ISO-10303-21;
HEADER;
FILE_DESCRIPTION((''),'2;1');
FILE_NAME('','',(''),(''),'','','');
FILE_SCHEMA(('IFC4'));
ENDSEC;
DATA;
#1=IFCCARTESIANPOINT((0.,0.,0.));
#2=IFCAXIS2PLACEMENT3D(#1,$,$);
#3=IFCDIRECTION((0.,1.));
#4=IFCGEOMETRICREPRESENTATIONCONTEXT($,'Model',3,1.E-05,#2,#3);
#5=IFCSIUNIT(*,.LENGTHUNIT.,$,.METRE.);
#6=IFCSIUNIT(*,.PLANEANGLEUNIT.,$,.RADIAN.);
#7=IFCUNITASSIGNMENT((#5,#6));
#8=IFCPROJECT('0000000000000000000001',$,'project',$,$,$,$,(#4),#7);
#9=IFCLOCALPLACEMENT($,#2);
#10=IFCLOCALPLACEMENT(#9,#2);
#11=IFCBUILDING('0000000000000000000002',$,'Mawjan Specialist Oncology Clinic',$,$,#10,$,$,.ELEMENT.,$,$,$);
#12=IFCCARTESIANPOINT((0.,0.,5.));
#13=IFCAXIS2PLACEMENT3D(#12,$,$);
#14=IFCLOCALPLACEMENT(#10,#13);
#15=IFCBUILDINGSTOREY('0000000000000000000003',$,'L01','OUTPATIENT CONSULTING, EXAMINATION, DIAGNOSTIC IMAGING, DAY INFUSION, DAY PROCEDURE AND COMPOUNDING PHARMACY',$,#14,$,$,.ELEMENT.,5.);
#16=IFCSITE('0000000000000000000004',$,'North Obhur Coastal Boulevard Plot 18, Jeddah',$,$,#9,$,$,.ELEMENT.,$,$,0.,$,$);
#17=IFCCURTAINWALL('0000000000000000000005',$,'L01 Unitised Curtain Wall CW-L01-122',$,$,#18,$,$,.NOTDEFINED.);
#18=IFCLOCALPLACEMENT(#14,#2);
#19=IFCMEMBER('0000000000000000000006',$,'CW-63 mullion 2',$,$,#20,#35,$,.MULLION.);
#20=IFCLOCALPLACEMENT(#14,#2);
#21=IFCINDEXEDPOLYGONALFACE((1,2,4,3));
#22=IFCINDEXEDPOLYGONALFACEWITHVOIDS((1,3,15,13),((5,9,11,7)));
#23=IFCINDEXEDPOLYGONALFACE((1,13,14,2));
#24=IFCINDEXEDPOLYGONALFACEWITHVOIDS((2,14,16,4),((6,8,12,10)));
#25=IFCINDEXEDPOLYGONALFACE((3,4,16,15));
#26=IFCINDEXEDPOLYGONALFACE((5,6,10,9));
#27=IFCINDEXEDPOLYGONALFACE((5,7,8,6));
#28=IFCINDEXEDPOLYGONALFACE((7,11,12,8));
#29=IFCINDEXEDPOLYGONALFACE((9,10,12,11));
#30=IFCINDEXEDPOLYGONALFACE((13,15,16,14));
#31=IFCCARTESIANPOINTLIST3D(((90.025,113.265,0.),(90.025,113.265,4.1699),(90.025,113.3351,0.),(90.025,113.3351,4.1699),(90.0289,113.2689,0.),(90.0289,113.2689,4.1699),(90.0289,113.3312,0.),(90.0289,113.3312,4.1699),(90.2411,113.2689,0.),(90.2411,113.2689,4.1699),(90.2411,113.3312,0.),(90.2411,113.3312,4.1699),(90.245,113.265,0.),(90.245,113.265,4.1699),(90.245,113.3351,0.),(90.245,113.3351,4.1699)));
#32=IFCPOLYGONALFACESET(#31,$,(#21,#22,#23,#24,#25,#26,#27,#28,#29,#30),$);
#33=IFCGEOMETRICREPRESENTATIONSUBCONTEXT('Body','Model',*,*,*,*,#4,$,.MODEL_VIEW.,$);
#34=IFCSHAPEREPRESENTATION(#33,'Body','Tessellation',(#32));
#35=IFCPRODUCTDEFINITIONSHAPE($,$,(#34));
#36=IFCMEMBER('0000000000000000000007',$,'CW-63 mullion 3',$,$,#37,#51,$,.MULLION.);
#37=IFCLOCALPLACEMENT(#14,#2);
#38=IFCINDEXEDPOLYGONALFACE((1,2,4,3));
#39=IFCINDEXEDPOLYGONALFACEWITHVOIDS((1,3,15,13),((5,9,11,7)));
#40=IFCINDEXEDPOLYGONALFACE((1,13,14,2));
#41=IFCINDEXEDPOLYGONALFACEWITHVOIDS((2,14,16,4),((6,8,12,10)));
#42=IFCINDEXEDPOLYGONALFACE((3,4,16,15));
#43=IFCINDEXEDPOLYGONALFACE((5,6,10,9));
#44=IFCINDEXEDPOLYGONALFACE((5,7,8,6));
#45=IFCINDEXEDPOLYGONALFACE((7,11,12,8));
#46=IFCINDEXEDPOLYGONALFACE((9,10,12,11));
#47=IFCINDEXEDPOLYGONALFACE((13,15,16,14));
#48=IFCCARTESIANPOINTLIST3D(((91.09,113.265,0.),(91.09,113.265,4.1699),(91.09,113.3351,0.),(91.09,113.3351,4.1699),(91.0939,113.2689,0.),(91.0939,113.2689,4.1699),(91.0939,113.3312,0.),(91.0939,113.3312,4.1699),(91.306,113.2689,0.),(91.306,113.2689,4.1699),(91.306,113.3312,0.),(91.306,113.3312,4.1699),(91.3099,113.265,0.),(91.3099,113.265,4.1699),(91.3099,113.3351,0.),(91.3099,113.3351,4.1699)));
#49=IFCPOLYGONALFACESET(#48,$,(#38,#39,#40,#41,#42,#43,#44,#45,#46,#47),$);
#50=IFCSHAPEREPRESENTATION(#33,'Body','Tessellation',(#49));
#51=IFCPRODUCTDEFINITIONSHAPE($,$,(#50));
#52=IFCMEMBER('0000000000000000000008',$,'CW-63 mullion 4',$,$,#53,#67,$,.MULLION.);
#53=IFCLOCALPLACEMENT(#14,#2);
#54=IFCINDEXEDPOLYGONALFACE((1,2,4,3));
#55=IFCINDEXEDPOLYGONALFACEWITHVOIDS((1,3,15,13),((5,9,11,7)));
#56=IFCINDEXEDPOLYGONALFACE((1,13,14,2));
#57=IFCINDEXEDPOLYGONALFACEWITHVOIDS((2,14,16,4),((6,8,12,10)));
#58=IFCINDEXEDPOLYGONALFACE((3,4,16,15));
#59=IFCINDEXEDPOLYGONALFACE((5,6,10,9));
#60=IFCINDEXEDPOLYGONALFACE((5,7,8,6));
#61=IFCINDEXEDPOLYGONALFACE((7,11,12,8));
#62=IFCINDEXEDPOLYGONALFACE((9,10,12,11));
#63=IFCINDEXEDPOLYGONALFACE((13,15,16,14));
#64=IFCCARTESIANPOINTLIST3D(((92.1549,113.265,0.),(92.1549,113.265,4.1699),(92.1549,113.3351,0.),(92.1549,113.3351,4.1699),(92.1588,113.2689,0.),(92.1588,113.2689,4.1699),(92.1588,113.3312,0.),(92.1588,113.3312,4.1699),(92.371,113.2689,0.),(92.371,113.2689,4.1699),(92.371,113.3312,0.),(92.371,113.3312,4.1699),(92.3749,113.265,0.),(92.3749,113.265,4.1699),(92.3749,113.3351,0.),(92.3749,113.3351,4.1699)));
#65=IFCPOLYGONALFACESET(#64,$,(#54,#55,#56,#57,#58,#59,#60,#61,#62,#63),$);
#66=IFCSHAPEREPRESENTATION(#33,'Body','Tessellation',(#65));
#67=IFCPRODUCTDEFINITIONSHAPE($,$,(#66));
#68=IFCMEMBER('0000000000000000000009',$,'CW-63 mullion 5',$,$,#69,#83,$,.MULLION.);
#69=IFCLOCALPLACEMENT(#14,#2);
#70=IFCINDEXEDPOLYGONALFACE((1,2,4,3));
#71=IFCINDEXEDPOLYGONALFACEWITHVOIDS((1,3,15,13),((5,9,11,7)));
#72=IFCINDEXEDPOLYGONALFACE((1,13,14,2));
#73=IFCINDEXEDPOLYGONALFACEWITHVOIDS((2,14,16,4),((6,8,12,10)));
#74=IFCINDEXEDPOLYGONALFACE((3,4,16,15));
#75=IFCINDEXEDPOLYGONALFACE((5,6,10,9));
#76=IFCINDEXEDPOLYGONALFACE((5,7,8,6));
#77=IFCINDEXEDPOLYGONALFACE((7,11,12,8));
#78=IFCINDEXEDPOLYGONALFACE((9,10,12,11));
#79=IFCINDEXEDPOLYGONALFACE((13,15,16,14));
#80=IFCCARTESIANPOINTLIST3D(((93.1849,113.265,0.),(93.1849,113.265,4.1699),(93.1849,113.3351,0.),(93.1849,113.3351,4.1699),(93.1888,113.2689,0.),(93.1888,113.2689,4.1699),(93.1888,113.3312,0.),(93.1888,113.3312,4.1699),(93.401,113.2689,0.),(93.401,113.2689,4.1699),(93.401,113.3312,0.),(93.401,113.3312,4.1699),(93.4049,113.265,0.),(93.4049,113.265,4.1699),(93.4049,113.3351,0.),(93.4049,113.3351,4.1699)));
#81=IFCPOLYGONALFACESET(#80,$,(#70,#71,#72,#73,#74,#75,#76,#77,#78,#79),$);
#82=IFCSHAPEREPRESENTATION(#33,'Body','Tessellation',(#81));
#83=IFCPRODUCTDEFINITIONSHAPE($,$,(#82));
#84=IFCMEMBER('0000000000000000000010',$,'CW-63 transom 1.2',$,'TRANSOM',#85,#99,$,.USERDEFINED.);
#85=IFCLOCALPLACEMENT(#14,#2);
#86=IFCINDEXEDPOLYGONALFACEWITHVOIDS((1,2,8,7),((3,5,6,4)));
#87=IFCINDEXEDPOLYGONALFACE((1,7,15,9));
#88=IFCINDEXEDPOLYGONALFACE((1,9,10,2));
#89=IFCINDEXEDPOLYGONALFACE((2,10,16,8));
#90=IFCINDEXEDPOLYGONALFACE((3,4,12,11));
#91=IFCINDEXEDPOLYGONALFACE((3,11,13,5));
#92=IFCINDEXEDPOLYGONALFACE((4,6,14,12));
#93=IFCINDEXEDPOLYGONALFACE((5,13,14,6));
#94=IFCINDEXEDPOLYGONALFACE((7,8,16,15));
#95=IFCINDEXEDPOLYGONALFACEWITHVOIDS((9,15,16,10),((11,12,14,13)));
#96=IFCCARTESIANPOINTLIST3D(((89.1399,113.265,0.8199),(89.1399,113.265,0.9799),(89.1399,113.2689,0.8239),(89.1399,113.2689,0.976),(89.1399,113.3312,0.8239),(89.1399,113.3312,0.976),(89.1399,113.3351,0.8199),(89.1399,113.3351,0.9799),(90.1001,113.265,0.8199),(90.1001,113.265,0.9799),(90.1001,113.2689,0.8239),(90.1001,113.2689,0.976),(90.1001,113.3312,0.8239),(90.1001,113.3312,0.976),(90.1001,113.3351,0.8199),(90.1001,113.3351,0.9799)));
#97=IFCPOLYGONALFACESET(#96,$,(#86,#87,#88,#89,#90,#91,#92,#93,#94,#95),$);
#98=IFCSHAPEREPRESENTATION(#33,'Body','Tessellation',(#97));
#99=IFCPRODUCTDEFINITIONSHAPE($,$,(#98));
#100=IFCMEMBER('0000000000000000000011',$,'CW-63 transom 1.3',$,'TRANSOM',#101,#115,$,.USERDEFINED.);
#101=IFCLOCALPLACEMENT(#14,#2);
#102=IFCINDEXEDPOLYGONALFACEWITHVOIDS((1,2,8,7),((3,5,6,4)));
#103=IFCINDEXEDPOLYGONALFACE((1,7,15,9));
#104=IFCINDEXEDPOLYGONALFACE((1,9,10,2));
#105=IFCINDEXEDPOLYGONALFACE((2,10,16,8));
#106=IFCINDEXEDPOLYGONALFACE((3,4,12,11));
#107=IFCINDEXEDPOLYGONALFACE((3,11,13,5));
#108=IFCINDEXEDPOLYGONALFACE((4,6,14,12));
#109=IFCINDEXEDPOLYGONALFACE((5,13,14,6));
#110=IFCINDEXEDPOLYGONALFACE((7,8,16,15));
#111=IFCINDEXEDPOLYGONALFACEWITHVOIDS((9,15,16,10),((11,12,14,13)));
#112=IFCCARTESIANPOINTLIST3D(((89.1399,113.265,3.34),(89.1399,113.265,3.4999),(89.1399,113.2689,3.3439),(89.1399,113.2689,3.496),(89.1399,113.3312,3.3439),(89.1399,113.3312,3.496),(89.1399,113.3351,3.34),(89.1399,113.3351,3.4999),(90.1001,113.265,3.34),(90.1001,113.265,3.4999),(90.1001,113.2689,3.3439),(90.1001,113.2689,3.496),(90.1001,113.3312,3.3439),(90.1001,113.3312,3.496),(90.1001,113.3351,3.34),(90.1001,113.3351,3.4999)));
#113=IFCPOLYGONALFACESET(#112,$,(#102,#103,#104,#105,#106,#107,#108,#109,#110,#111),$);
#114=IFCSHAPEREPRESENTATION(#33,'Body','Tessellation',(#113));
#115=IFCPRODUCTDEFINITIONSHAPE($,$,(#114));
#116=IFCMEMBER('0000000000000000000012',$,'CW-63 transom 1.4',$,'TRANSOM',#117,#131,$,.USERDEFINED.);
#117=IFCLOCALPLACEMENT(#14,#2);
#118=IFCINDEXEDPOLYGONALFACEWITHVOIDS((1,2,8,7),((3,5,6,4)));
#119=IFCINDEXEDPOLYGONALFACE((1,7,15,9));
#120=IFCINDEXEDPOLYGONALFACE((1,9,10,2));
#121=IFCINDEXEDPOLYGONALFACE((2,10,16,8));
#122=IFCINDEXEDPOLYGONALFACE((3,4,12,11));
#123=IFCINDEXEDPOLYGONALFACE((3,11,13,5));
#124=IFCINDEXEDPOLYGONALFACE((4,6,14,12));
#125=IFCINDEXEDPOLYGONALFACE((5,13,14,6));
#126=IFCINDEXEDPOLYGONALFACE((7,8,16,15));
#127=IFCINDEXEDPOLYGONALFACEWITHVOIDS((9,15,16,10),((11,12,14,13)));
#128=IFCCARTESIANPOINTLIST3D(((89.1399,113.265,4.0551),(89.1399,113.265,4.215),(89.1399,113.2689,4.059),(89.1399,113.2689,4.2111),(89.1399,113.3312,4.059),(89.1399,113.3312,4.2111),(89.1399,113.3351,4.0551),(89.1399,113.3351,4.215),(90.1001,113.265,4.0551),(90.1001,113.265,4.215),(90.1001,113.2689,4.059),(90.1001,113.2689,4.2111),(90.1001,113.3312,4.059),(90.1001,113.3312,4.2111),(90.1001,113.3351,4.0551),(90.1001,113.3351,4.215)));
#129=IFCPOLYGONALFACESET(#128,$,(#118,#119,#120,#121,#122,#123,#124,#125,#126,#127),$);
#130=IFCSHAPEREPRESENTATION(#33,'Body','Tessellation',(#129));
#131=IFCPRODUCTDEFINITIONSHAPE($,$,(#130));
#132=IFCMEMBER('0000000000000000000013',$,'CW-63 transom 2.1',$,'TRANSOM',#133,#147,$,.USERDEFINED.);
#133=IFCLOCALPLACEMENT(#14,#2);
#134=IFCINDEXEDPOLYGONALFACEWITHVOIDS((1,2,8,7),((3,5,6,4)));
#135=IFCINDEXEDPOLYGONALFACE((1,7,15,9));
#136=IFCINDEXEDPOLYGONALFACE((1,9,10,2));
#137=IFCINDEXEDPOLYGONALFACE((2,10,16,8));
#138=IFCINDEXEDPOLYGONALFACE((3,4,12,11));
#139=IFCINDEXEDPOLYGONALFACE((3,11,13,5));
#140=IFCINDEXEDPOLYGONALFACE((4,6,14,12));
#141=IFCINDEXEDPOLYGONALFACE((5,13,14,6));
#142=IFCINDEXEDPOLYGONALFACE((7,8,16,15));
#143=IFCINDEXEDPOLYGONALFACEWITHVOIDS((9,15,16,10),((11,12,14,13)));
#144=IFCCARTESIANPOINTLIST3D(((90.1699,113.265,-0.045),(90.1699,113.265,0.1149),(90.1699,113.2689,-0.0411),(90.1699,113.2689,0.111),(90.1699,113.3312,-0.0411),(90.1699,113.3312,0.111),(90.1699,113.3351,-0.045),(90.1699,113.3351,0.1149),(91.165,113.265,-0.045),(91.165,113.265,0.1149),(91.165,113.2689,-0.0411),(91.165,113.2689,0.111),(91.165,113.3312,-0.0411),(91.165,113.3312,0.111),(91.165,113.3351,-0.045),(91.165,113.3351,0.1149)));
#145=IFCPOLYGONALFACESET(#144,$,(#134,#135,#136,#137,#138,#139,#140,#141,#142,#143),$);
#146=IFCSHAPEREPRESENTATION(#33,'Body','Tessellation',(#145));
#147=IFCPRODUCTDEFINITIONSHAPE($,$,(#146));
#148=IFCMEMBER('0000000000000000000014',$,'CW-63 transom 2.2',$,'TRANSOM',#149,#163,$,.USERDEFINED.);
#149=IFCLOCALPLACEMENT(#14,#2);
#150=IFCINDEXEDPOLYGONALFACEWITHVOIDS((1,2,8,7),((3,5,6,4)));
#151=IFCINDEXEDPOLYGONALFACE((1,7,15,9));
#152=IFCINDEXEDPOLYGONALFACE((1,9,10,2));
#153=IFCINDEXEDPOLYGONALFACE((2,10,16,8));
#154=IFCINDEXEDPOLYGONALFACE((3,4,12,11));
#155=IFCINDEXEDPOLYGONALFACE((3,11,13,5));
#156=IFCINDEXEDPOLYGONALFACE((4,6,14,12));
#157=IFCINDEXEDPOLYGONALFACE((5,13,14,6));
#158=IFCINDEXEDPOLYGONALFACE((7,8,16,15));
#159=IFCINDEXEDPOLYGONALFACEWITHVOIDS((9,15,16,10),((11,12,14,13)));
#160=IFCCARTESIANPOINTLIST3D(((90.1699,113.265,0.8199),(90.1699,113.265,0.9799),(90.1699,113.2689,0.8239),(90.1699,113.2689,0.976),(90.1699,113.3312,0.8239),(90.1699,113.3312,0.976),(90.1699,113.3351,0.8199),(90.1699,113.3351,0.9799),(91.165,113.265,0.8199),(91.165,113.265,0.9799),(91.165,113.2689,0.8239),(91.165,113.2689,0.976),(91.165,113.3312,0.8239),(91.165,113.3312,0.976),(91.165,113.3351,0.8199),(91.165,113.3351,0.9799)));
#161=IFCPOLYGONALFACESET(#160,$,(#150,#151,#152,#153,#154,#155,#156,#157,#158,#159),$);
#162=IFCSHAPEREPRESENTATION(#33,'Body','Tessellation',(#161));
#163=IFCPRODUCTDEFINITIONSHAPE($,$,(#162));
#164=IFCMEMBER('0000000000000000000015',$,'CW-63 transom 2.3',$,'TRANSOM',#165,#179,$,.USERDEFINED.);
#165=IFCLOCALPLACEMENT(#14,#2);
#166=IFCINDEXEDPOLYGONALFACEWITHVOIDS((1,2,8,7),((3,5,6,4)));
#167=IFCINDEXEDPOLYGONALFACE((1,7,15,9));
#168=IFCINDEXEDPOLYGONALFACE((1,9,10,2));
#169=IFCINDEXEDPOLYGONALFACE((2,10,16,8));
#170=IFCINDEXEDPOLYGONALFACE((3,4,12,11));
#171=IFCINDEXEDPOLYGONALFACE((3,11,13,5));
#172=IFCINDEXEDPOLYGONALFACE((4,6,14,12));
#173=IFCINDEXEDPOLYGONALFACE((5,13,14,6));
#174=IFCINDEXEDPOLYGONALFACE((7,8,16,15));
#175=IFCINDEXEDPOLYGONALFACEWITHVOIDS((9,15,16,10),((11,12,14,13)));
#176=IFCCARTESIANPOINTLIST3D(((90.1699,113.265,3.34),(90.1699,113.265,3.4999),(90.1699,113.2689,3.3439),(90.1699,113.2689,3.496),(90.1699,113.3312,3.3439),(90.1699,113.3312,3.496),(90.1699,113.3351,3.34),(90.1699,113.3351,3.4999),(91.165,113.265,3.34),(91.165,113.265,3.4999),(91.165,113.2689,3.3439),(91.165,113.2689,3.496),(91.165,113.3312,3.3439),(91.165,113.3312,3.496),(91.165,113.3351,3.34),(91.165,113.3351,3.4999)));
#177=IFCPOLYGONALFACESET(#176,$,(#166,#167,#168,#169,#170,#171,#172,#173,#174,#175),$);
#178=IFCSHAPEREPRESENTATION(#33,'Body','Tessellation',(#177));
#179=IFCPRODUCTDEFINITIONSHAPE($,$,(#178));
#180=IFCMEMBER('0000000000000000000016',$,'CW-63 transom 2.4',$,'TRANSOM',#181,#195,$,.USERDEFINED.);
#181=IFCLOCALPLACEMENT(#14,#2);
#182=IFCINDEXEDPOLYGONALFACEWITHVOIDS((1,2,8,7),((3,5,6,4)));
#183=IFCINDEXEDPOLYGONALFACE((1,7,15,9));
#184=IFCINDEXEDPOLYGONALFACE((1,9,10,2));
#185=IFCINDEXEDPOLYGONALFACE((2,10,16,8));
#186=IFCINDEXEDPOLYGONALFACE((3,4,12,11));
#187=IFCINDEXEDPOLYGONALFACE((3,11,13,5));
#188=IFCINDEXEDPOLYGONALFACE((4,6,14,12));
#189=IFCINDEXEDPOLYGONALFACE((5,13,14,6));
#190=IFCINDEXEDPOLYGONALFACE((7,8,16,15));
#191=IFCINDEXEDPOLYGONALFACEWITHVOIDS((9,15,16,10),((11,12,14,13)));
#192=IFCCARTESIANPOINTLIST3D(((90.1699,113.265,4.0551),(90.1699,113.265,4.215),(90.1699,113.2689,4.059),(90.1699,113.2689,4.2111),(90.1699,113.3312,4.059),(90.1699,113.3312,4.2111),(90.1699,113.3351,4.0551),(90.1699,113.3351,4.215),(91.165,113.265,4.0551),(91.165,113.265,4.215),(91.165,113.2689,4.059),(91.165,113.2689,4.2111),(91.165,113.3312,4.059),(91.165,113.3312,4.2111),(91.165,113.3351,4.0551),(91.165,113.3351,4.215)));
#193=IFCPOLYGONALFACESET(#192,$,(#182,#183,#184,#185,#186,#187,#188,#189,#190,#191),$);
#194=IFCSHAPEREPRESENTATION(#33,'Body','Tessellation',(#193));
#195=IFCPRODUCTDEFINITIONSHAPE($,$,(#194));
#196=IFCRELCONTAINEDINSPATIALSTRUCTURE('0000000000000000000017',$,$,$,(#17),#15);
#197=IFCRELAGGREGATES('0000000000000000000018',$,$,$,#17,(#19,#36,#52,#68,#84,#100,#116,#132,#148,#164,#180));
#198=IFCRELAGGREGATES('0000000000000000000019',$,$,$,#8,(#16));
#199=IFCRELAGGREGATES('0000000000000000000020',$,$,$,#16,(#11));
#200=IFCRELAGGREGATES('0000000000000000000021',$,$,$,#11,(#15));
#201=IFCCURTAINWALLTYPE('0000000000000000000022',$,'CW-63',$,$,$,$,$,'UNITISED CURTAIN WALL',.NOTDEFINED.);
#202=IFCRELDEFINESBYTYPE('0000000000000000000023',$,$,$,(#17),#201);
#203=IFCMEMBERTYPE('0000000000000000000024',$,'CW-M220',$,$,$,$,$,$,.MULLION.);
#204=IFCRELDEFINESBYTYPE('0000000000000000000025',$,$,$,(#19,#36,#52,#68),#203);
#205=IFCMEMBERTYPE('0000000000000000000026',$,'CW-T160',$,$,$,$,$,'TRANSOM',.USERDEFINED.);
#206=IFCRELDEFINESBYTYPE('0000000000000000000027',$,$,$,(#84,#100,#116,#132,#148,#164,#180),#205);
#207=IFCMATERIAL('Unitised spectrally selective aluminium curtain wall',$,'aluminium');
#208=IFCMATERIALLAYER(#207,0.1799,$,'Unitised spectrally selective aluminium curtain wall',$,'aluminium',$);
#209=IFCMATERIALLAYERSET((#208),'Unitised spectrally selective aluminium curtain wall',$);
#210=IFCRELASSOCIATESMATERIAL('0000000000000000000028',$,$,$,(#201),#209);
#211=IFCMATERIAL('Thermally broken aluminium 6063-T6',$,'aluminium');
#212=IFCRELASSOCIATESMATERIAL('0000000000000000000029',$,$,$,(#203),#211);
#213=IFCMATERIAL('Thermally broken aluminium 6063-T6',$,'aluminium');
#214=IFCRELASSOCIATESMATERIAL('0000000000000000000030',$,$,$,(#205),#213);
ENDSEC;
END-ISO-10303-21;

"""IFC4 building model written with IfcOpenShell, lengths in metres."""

from ifc_helpers import new_model, si_unit, direction, frame, origin, origin_2d, place, context, subcontext, project, spatial, hollow_rectangle, extrude, material, layer, layer_set, material_profile, profile_set, type_object, element, aggregate, save


model = new_model("IFC4")

# Units and contexts
model_context = context("Model", 3, precision=1e-05, world=origin(), true_north=direction((0.0, 1.0)))
body_context = subcontext(model_context, "Body", "Model", "MODEL_VIEW")
ifc_project = project(units=[si_unit("LENGTHUNIT", "METRE"), si_unit("PLANEANGLEUNIT", "RADIAN")], contexts=[model_context])

# Site, building, storey
site_placement = place(None, origin())
site = spatial("IfcSite", under=ifc_project, at=site_placement, Name="North Obhur Coastal Boulevard Plot 18, Jeddah", CompositionType="ELEMENT", RefElevation=0.0)
building_placement = place(site_placement, origin())
building = spatial("IfcBuilding", under=site, at=building_placement, Name="Mawjan Specialist Oncology Clinic", CompositionType="ELEMENT")
storey_placement = place(building_placement, frame((0.0, 0.0, 5.0)))
storey = spatial("IfcBuildingStorey", under=building, at=storey_placement, Name="L01", Description="OUTPATIENT CONSULTING, EXAMINATION, DIAGNOSTIC IMAGING, DAY INFUSION, DAY PROCEDURE AND COMPOUNDING PHARMACY", CompositionType="ELEMENT", Elevation=5.0)

# Curtain wall, members
ifc_material_1 = material(Name="Unitised spectrally selective aluminium curtain wall", Category="aluminium")
ifc_layer_1 = layer(ifc_material_1, 0.1799, Name="Unitised spectrally selective aluminium curtain wall", Category="aluminium")
ifc_layer_set_1 = layer_set([ifc_layer_1], Name="Unitised spectrally selective aluminium curtain wall")
curtain_wall_type = type_object("IfcCurtainWallType", Name="CW-63", ElementType="UNITISED CURTAIN WALL", PredefinedType="NOTDEFINED", material=ifc_layer_set_1)
curtain_wall_placement = place(storey_placement, origin())
curtain_wall = element("IfcCurtainWall", 1, at=curtain_wall_placement, inside=storey, type_object=curtain_wall_type, Name="L01 Unitised Curtain Wall CW-L01-122", PredefinedType="NOTDEFINED")
ifc_material_2 = material(Name="Thermally broken aluminium 6063-T6", Category="aluminium")
ifc_material_profile_1 = material_profile(ifc_material_2, hollow_rectangle(XDim=0.0701, YDim=0.22, WallThickness=0.0039, at=origin_2d()), Name="ALU MULLION 220x70x4", Category="aluminium")
ifc_profile_set_1 = profile_set([ifc_material_profile_1], Name="Thermally broken aluminium 6063-T6")
member_type_1 = type_object("IfcMemberType", Name="CW-M220", PredefinedType="MULLION", material=ifc_profile_set_1)
member_1_placement = place(storey_placement, frame((90.135, 113.3, 0.0), z_axis=(0.0, 0.0, 1.0), x_axis=(0.0, 1.0, 0.0)))
member_1 = element("IfcMember", 2, at=member_1_placement, type_object=member_type_1, Name="CW-63 mullion 2", PredefinedType="MULLION", context=body_context, shape_type="SweptSolid", body=[
    extrude(hollow_rectangle(XDim=0.0701, YDim=0.22, WallThickness=0.0039, at=origin_2d()), origin(), (0.0, 0.0, 1.0), 4.1699),
])
member_2_placement = place(storey_placement, frame((91.2, 113.3, 0.0), z_axis=(0.0, 0.0, 1.0), x_axis=(0.0, 1.0, 0.0)))
member_2 = element("IfcMember", 3, at=member_2_placement, type_object=member_type_1, Name="CW-63 mullion 3", PredefinedType="MULLION", context=body_context, shape_type="SweptSolid", body=[
    extrude(hollow_rectangle(XDim=0.0701, YDim=0.22, WallThickness=0.0039, at=origin_2d()), origin(), (0.0, 0.0, 1.0), 4.1699),
])
member_3_placement = place(storey_placement, frame((92.2649, 113.3, 0.0), z_axis=(0.0, 0.0, 1.0), x_axis=(0.0, 1.0, 0.0)))
member_3 = element("IfcMember", 4, at=member_3_placement, type_object=member_type_1, Name="CW-63 mullion 4", PredefinedType="MULLION", context=body_context, shape_type="SweptSolid", body=[
    extrude(hollow_rectangle(XDim=0.0701, YDim=0.22, WallThickness=0.0039, at=origin_2d()), origin(), (0.0, 0.0, 1.0), 4.1699),
])
member_4_placement = place(storey_placement, frame((93.2949, 113.3, 0.0), z_axis=(0.0, 0.0, 1.0), x_axis=(0.0, 1.0, 0.0)))
member_4 = element("IfcMember", 5, at=member_4_placement, type_object=member_type_1, Name="CW-63 mullion 5", PredefinedType="MULLION", context=body_context, shape_type="SweptSolid", body=[
    extrude(hollow_rectangle(XDim=0.0701, YDim=0.22, WallThickness=0.0039, at=origin_2d()), origin(), (0.0, 0.0, 1.0), 4.1699),
])
ifc_material_3 = material(Name="Thermally broken aluminium 6063-T6", Category="aluminium")
ifc_material_profile_2 = material_profile(ifc_material_3, hollow_rectangle(XDim=0.0701, YDim=0.1599, WallThickness=0.0039, at=origin_2d()), Name="ALU TRANSOM 160x70x4", Category="aluminium")
ifc_profile_set_2 = profile_set([ifc_material_profile_2], Name="Thermally broken aluminium 6063-T6")
member_type_2 = type_object("IfcMemberType", Name="CW-T160", ElementType="TRANSOM", PredefinedType="USERDEFINED", material=ifc_profile_set_2)
member_5_placement = place(storey_placement, frame((89.1399, 113.3, 0.8999), z_axis=(1.0, 0.0, 0.0), x_axis=(0.0, 1.0, 0.0)))
member_5 = element("IfcMember", 6, at=member_5_placement, type_object=member_type_2, Name="CW-63 transom 1.2", ObjectType="TRANSOM", PredefinedType="USERDEFINED", context=body_context, shape_type="SweptSolid", body=[
    extrude(hollow_rectangle(XDim=0.0701, YDim=0.1599, WallThickness=0.0039, at=origin_2d()), origin(), (0.0, 0.0, 1.0), 0.9602),
])
member_6_placement = place(storey_placement, frame((89.1399, 113.3, 3.4199), z_axis=(1.0, 0.0, 0.0), x_axis=(0.0, 1.0, 0.0)))
member_6 = element("IfcMember", 7, at=member_6_placement, type_object=member_type_2, Name="CW-63 transom 1.3", ObjectType="TRANSOM", PredefinedType="USERDEFINED", context=body_context, shape_type="SweptSolid", body=[
    extrude(hollow_rectangle(XDim=0.0701, YDim=0.1599, WallThickness=0.0039, at=origin_2d()), origin(), (0.0, 0.0, 1.0), 0.9602),
])
member_7_placement = place(storey_placement, frame((89.1399, 113.3, 4.135), z_axis=(1.0, 0.0, 0.0), x_axis=(0.0, 1.0, 0.0)))
member_7 = element("IfcMember", 8, at=member_7_placement, type_object=member_type_2, Name="CW-63 transom 1.4", ObjectType="TRANSOM", PredefinedType="USERDEFINED", context=body_context, shape_type="SweptSolid", body=[
    extrude(hollow_rectangle(XDim=0.0701, YDim=0.1599, WallThickness=0.0039, at=origin_2d()), origin(), (0.0, 0.0, 1.0), 0.9602),
])
member_8_placement = place(storey_placement, frame((90.1699, 113.3, 0.0349), z_axis=(1.0, 0.0, 0.0), x_axis=(0.0, 1.0, 0.0)))
member_8 = element("IfcMember", 9, at=member_8_placement, type_object=member_type_2, Name="CW-63 transom 2.1", ObjectType="TRANSOM", PredefinedType="USERDEFINED", context=body_context, shape_type="SweptSolid", body=[
    extrude(hollow_rectangle(XDim=0.0701, YDim=0.1599, WallThickness=0.0039, at=origin_2d()), origin(), (0.0, 0.0, 1.0), 0.9951),
])
member_9_placement = place(storey_placement, frame((90.1699, 113.3, 0.8999), z_axis=(1.0, 0.0, 0.0), x_axis=(0.0, 1.0, 0.0)))
member_9 = element("IfcMember", 10, at=member_9_placement, type_object=member_type_2, Name="CW-63 transom 2.2", ObjectType="TRANSOM", PredefinedType="USERDEFINED", context=body_context, shape_type="SweptSolid", body=[
    extrude(hollow_rectangle(XDim=0.0701, YDim=0.1599, WallThickness=0.0039, at=origin_2d()), origin(), (0.0, 0.0, 1.0), 0.9951),
])
member_10_placement = place(storey_placement, frame((90.1699, 113.3, 3.4199), z_axis=(1.0, 0.0, 0.0), x_axis=(0.0, 1.0, 0.0)))
member_10 = element("IfcMember", 11, at=member_10_placement, type_object=member_type_2, Name="CW-63 transom 2.3", ObjectType="TRANSOM", PredefinedType="USERDEFINED", context=body_context, shape_type="SweptSolid", body=[
    extrude(hollow_rectangle(XDim=0.0701, YDim=0.1599, WallThickness=0.0039, at=origin_2d()), origin(), (0.0, 0.0, 1.0), 0.9951),
])
member_11_placement = place(storey_placement, frame((90.1699, 113.3, 4.135), z_axis=(1.0, 0.0, 0.0), x_axis=(0.0, 1.0, 0.0)))
member_11 = element("IfcMember", 12, at=member_11_placement, type_object=member_type_2, Name="CW-63 transom 2.4", ObjectType="TRANSOM", PredefinedType="USERDEFINED", context=body_context, shape_type="SweptSolid", body=[
    extrude(hollow_rectangle(XDim=0.0701, YDim=0.1599, WallThickness=0.0039, at=origin_2d()), origin(), (0.0, 0.0, 1.0), 0.9951),
])
aggregate(curtain_wall, [member_1, member_2, member_3, member_4, member_5, member_6, member_7, member_8, member_9, member_10, member_11])

save(model, "model.ifc")
